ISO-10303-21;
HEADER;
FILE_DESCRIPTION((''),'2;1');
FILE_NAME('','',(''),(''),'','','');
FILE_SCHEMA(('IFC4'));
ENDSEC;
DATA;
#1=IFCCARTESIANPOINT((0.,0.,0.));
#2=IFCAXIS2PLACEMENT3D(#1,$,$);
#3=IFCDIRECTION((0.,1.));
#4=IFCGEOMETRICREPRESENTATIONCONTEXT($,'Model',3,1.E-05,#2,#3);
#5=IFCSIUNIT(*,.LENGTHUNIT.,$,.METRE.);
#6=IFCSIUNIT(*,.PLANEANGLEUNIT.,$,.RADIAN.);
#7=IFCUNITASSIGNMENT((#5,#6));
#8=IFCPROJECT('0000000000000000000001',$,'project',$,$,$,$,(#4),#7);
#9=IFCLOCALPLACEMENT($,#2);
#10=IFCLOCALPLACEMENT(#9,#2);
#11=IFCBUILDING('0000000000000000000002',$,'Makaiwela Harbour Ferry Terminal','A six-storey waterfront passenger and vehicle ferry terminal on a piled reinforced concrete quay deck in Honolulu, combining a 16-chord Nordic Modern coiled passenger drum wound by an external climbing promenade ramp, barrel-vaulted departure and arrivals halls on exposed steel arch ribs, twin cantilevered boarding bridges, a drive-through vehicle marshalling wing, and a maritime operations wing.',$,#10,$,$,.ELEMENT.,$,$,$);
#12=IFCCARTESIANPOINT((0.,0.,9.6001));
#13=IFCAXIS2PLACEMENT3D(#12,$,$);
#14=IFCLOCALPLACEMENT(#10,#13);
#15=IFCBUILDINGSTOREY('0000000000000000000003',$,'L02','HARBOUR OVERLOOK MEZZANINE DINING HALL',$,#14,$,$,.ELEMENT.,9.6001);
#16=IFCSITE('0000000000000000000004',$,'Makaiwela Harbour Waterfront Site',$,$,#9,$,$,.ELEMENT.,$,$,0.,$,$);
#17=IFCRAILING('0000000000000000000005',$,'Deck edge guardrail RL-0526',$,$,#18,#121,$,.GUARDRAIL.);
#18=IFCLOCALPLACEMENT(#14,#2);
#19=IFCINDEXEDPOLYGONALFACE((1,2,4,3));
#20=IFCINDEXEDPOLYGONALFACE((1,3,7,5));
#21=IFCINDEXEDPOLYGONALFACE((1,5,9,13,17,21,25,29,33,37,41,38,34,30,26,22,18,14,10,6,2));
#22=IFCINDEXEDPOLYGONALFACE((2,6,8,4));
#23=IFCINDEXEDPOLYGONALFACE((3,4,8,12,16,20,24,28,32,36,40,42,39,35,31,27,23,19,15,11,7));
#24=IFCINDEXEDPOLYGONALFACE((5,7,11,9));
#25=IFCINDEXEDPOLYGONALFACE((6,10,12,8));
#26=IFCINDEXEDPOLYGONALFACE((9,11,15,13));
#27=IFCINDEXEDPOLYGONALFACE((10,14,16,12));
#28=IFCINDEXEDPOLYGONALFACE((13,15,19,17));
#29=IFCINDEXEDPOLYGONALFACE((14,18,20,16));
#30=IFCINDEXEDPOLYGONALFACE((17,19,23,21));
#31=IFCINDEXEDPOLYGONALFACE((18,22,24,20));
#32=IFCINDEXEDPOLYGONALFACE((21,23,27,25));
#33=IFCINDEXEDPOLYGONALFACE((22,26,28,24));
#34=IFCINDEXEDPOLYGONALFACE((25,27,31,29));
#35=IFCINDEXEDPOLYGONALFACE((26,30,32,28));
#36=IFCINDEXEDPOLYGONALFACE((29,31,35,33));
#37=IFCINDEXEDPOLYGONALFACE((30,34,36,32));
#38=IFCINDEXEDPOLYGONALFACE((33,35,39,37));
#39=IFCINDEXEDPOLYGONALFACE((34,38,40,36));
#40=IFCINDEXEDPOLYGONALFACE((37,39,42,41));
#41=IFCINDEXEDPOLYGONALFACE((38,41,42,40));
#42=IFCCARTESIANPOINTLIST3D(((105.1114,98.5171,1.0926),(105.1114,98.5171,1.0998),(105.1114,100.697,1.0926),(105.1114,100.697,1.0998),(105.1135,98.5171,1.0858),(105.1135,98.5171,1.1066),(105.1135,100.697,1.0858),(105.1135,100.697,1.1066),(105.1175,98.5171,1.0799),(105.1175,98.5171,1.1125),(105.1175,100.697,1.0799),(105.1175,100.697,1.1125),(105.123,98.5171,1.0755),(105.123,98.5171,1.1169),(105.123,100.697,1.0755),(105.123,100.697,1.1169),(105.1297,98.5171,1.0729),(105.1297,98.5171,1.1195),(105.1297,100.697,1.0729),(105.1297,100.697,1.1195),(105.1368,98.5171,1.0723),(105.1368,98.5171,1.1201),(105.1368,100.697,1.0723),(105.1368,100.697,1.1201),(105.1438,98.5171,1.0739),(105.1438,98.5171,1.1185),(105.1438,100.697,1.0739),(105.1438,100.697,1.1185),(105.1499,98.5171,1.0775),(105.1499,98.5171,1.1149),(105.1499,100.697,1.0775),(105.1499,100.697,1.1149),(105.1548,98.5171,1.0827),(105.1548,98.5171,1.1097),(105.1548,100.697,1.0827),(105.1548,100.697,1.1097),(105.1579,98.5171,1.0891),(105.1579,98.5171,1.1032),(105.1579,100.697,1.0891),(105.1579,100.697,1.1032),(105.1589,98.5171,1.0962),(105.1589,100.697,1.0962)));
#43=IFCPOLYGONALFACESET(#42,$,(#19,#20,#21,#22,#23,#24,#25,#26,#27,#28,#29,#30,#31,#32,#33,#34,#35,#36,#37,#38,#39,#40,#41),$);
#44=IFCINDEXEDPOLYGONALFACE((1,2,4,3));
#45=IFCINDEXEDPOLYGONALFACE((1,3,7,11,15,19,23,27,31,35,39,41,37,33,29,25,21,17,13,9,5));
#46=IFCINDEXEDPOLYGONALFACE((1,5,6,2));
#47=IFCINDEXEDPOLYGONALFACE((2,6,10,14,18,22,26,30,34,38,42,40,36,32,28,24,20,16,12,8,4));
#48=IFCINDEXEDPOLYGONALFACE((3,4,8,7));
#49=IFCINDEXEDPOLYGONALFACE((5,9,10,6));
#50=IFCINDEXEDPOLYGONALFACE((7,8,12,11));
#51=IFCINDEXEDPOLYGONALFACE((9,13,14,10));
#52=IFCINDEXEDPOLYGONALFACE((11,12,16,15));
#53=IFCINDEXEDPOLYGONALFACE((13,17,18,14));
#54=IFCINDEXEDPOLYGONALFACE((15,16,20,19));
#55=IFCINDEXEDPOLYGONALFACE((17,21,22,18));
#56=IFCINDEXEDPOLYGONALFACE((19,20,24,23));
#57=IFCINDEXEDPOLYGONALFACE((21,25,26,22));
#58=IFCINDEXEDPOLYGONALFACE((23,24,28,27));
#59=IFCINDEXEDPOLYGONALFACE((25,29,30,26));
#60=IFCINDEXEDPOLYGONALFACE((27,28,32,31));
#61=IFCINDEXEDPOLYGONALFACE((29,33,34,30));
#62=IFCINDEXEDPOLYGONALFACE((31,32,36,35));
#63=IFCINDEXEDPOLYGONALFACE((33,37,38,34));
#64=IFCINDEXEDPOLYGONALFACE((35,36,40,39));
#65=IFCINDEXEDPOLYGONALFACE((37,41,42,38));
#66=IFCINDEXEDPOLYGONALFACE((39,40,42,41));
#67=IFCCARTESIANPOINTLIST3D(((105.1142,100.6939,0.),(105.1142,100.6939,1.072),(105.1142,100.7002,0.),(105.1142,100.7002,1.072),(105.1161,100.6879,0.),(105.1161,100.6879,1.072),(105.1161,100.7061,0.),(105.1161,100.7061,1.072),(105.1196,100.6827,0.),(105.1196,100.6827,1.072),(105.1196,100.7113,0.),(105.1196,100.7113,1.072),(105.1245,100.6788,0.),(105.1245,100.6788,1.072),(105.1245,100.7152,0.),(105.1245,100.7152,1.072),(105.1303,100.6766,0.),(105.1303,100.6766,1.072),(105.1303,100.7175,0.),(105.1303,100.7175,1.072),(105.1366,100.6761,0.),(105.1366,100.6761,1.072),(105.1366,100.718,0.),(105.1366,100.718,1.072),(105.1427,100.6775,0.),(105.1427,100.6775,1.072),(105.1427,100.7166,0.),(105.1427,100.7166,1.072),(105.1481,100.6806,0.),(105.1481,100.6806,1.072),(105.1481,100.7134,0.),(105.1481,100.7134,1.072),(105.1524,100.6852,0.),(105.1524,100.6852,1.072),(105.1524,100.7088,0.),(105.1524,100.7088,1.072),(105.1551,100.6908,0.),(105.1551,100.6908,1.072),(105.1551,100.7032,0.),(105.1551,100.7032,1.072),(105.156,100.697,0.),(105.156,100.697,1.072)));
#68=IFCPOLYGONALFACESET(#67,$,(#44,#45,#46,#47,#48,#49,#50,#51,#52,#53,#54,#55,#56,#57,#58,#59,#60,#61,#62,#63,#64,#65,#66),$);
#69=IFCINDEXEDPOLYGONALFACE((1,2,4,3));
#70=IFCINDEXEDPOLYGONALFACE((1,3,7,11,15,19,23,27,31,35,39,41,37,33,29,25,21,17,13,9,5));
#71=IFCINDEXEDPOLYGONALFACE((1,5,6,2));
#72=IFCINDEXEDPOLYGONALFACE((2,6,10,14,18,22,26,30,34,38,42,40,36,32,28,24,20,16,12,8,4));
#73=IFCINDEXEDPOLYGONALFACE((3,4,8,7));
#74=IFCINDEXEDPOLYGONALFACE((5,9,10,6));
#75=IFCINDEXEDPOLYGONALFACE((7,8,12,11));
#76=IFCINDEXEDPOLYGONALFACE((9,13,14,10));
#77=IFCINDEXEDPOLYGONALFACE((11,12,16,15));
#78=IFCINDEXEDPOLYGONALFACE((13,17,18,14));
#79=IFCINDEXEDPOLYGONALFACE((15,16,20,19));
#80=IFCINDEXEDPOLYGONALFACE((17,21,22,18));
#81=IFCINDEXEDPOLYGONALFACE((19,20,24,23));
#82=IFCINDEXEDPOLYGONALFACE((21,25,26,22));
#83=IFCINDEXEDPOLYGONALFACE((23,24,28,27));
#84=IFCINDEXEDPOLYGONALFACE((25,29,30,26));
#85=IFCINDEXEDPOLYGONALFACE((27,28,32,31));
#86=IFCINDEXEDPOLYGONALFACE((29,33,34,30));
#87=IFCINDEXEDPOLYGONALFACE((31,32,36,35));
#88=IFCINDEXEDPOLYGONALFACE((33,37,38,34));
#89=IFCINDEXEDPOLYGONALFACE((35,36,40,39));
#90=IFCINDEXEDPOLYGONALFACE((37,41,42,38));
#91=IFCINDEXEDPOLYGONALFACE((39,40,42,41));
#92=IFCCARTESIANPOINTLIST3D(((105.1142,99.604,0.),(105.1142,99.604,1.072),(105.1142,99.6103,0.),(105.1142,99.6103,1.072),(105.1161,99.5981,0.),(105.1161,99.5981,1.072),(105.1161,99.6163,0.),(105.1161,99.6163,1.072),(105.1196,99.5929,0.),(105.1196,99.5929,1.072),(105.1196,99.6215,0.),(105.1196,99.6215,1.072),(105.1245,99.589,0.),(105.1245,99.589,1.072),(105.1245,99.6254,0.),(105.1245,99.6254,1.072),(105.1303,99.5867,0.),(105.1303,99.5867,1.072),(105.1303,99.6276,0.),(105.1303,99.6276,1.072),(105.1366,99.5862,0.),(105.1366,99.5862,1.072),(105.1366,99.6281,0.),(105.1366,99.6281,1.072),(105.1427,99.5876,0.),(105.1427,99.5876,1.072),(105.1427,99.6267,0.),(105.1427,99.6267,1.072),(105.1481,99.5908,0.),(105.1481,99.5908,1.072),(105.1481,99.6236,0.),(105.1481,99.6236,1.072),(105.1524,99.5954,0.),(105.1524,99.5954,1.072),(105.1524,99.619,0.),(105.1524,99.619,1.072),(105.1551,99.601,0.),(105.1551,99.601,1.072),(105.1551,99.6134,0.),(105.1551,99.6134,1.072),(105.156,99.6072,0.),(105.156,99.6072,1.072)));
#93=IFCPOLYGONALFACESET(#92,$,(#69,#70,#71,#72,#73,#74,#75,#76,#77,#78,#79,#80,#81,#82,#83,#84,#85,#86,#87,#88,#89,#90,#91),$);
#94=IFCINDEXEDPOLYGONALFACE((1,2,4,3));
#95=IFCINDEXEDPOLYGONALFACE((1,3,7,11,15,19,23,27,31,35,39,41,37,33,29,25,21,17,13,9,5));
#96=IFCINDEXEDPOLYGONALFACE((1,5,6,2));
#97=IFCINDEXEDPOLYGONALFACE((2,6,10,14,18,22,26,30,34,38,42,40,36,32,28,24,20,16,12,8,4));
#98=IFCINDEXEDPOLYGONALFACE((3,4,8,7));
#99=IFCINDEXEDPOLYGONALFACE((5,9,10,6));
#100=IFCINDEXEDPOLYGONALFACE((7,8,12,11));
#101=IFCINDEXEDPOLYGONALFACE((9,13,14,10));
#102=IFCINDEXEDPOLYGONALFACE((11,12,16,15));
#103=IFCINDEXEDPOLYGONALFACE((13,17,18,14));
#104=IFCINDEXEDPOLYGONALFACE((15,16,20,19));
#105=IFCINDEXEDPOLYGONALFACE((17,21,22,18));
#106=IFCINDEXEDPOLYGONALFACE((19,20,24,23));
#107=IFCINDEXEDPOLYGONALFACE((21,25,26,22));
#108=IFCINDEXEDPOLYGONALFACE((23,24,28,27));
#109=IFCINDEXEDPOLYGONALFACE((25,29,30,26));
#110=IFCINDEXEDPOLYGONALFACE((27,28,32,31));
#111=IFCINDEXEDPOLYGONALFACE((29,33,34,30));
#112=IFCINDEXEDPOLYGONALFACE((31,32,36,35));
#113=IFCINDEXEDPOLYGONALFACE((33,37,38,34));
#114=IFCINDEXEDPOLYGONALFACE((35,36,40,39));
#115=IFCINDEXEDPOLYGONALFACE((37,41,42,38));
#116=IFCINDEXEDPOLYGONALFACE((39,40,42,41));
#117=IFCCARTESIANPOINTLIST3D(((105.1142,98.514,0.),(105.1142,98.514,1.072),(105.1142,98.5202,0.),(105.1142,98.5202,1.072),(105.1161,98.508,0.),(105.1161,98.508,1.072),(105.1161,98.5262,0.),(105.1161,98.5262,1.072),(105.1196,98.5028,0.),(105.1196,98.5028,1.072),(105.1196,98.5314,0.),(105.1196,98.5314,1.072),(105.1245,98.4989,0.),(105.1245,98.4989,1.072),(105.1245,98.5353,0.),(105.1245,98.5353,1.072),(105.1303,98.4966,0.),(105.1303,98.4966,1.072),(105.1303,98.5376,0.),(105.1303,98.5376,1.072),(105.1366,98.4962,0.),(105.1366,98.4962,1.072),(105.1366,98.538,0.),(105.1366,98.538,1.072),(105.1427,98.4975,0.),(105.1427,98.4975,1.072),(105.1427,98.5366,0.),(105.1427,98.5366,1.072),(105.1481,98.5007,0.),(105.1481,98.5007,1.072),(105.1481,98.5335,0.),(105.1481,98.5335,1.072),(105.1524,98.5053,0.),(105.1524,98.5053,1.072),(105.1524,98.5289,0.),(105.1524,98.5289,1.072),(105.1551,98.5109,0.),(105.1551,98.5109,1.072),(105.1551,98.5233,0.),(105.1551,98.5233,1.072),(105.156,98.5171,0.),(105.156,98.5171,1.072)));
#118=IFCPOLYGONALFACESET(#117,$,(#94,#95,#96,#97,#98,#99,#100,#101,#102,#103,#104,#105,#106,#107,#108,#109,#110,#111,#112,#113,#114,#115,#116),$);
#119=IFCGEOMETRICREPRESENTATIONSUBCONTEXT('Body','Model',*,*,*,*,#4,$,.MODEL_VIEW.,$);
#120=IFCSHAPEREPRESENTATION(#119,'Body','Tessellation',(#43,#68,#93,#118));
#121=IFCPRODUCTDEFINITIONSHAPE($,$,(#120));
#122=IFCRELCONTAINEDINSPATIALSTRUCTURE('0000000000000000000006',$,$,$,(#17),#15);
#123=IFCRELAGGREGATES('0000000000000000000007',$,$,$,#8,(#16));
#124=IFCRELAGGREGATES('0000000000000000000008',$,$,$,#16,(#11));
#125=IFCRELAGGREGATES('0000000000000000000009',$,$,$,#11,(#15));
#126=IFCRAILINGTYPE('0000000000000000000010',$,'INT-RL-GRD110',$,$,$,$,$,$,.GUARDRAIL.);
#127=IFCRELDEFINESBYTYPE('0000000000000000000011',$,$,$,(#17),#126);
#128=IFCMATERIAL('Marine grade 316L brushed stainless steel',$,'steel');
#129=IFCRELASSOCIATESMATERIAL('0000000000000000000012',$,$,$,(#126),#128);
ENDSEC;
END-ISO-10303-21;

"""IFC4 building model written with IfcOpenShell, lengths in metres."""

from ifc_helpers import new_model, si_unit, direction, frame, origin, origin_2d, place, context, subcontext, project, spatial, circle, extrude, material, type_object, element, save


model = new_model("IFC4")

# Units and contexts
model_context = context("Model", 3, precision=1e-05, world=origin(), true_north=direction((0.0, 1.0)))
body_context = subcontext(model_context, "Body", "Model", "MODEL_VIEW")
ifc_project = project(units=[si_unit("LENGTHUNIT", "METRE"), si_unit("PLANEANGLEUNIT", "RADIAN")], contexts=[model_context])

# Site, building, storey
site_placement = place(None, origin())
site = spatial("IfcSite", under=ifc_project, at=site_placement, Name="Makaiwela Harbour Waterfront Site", CompositionType="ELEMENT", RefElevation=0.0)
building_placement = place(site_placement, origin())
building = spatial("IfcBuilding", under=site, at=building_placement, Name="Makaiwela Harbour Ferry Terminal", Description="A six-storey waterfront passenger and vehicle ferry terminal on a piled reinforced concrete quay deck in Honolulu, combining a 16-chord Nordic Modern coiled passenger drum wound by an external climbing promenade ramp, barrel-vaulted departure and arrivals halls on exposed steel arch ribs, twin cantilevered boarding bridges, a drive-through vehicle marshalling wing, and a maritime operations wing.", CompositionType="ELEMENT")
storey_placement = place(building_placement, frame((0.0, 0.0, 9.6001)))
storey = spatial("IfcBuildingStorey", under=building, at=storey_placement, Name="L02", Description="HARBOUR OVERLOOK MEZZANINE DINING HALL", CompositionType="ELEMENT", Elevation=9.6001)

# Railing
ifc_material_1 = material(Name="Marine grade 316L brushed stainless steel", Category="steel")
railing_type = type_object("IfcRailingType", Name="INT-RL-GRD110", PredefinedType="GUARDRAIL", material=ifc_material_1)
railing_1_placement = place(storey_placement, frame((105.135, 100.697, 0.0)))
element("IfcRailing", 1, at=railing_1_placement, inside=storey, type_object=railing_type, Name="Deck edge guardrail RL-0526", PredefinedType="GUARDRAIL", context=body_context, shape_type="SweptSolid", body=[
    extrude(circle(Radius=0.0239, at=origin_2d()), frame((0.0, 0.0, 1.0962), z_axis=(0.0, -1.0, 0.0), x_axis=(1.0, 0.0, 0.0)), (0.0, 0.0, 1.0), 2.1799),
    extrude(circle(Radius=0.021, at=origin_2d()), origin(), (0.0, 0.0, 1.0), 1.072),
    extrude(circle(Radius=0.021, at=origin_2d()), frame((0.0, -1.0898, 0.0)), (0.0, 0.0, 1.0), 1.072),
    extrude(circle(Radius=0.021, at=origin_2d()), frame((0.0, -2.1799, 0.0)), (0.0, 0.0, 1.0), 1.072),
])

save(model, "model.ifc")
